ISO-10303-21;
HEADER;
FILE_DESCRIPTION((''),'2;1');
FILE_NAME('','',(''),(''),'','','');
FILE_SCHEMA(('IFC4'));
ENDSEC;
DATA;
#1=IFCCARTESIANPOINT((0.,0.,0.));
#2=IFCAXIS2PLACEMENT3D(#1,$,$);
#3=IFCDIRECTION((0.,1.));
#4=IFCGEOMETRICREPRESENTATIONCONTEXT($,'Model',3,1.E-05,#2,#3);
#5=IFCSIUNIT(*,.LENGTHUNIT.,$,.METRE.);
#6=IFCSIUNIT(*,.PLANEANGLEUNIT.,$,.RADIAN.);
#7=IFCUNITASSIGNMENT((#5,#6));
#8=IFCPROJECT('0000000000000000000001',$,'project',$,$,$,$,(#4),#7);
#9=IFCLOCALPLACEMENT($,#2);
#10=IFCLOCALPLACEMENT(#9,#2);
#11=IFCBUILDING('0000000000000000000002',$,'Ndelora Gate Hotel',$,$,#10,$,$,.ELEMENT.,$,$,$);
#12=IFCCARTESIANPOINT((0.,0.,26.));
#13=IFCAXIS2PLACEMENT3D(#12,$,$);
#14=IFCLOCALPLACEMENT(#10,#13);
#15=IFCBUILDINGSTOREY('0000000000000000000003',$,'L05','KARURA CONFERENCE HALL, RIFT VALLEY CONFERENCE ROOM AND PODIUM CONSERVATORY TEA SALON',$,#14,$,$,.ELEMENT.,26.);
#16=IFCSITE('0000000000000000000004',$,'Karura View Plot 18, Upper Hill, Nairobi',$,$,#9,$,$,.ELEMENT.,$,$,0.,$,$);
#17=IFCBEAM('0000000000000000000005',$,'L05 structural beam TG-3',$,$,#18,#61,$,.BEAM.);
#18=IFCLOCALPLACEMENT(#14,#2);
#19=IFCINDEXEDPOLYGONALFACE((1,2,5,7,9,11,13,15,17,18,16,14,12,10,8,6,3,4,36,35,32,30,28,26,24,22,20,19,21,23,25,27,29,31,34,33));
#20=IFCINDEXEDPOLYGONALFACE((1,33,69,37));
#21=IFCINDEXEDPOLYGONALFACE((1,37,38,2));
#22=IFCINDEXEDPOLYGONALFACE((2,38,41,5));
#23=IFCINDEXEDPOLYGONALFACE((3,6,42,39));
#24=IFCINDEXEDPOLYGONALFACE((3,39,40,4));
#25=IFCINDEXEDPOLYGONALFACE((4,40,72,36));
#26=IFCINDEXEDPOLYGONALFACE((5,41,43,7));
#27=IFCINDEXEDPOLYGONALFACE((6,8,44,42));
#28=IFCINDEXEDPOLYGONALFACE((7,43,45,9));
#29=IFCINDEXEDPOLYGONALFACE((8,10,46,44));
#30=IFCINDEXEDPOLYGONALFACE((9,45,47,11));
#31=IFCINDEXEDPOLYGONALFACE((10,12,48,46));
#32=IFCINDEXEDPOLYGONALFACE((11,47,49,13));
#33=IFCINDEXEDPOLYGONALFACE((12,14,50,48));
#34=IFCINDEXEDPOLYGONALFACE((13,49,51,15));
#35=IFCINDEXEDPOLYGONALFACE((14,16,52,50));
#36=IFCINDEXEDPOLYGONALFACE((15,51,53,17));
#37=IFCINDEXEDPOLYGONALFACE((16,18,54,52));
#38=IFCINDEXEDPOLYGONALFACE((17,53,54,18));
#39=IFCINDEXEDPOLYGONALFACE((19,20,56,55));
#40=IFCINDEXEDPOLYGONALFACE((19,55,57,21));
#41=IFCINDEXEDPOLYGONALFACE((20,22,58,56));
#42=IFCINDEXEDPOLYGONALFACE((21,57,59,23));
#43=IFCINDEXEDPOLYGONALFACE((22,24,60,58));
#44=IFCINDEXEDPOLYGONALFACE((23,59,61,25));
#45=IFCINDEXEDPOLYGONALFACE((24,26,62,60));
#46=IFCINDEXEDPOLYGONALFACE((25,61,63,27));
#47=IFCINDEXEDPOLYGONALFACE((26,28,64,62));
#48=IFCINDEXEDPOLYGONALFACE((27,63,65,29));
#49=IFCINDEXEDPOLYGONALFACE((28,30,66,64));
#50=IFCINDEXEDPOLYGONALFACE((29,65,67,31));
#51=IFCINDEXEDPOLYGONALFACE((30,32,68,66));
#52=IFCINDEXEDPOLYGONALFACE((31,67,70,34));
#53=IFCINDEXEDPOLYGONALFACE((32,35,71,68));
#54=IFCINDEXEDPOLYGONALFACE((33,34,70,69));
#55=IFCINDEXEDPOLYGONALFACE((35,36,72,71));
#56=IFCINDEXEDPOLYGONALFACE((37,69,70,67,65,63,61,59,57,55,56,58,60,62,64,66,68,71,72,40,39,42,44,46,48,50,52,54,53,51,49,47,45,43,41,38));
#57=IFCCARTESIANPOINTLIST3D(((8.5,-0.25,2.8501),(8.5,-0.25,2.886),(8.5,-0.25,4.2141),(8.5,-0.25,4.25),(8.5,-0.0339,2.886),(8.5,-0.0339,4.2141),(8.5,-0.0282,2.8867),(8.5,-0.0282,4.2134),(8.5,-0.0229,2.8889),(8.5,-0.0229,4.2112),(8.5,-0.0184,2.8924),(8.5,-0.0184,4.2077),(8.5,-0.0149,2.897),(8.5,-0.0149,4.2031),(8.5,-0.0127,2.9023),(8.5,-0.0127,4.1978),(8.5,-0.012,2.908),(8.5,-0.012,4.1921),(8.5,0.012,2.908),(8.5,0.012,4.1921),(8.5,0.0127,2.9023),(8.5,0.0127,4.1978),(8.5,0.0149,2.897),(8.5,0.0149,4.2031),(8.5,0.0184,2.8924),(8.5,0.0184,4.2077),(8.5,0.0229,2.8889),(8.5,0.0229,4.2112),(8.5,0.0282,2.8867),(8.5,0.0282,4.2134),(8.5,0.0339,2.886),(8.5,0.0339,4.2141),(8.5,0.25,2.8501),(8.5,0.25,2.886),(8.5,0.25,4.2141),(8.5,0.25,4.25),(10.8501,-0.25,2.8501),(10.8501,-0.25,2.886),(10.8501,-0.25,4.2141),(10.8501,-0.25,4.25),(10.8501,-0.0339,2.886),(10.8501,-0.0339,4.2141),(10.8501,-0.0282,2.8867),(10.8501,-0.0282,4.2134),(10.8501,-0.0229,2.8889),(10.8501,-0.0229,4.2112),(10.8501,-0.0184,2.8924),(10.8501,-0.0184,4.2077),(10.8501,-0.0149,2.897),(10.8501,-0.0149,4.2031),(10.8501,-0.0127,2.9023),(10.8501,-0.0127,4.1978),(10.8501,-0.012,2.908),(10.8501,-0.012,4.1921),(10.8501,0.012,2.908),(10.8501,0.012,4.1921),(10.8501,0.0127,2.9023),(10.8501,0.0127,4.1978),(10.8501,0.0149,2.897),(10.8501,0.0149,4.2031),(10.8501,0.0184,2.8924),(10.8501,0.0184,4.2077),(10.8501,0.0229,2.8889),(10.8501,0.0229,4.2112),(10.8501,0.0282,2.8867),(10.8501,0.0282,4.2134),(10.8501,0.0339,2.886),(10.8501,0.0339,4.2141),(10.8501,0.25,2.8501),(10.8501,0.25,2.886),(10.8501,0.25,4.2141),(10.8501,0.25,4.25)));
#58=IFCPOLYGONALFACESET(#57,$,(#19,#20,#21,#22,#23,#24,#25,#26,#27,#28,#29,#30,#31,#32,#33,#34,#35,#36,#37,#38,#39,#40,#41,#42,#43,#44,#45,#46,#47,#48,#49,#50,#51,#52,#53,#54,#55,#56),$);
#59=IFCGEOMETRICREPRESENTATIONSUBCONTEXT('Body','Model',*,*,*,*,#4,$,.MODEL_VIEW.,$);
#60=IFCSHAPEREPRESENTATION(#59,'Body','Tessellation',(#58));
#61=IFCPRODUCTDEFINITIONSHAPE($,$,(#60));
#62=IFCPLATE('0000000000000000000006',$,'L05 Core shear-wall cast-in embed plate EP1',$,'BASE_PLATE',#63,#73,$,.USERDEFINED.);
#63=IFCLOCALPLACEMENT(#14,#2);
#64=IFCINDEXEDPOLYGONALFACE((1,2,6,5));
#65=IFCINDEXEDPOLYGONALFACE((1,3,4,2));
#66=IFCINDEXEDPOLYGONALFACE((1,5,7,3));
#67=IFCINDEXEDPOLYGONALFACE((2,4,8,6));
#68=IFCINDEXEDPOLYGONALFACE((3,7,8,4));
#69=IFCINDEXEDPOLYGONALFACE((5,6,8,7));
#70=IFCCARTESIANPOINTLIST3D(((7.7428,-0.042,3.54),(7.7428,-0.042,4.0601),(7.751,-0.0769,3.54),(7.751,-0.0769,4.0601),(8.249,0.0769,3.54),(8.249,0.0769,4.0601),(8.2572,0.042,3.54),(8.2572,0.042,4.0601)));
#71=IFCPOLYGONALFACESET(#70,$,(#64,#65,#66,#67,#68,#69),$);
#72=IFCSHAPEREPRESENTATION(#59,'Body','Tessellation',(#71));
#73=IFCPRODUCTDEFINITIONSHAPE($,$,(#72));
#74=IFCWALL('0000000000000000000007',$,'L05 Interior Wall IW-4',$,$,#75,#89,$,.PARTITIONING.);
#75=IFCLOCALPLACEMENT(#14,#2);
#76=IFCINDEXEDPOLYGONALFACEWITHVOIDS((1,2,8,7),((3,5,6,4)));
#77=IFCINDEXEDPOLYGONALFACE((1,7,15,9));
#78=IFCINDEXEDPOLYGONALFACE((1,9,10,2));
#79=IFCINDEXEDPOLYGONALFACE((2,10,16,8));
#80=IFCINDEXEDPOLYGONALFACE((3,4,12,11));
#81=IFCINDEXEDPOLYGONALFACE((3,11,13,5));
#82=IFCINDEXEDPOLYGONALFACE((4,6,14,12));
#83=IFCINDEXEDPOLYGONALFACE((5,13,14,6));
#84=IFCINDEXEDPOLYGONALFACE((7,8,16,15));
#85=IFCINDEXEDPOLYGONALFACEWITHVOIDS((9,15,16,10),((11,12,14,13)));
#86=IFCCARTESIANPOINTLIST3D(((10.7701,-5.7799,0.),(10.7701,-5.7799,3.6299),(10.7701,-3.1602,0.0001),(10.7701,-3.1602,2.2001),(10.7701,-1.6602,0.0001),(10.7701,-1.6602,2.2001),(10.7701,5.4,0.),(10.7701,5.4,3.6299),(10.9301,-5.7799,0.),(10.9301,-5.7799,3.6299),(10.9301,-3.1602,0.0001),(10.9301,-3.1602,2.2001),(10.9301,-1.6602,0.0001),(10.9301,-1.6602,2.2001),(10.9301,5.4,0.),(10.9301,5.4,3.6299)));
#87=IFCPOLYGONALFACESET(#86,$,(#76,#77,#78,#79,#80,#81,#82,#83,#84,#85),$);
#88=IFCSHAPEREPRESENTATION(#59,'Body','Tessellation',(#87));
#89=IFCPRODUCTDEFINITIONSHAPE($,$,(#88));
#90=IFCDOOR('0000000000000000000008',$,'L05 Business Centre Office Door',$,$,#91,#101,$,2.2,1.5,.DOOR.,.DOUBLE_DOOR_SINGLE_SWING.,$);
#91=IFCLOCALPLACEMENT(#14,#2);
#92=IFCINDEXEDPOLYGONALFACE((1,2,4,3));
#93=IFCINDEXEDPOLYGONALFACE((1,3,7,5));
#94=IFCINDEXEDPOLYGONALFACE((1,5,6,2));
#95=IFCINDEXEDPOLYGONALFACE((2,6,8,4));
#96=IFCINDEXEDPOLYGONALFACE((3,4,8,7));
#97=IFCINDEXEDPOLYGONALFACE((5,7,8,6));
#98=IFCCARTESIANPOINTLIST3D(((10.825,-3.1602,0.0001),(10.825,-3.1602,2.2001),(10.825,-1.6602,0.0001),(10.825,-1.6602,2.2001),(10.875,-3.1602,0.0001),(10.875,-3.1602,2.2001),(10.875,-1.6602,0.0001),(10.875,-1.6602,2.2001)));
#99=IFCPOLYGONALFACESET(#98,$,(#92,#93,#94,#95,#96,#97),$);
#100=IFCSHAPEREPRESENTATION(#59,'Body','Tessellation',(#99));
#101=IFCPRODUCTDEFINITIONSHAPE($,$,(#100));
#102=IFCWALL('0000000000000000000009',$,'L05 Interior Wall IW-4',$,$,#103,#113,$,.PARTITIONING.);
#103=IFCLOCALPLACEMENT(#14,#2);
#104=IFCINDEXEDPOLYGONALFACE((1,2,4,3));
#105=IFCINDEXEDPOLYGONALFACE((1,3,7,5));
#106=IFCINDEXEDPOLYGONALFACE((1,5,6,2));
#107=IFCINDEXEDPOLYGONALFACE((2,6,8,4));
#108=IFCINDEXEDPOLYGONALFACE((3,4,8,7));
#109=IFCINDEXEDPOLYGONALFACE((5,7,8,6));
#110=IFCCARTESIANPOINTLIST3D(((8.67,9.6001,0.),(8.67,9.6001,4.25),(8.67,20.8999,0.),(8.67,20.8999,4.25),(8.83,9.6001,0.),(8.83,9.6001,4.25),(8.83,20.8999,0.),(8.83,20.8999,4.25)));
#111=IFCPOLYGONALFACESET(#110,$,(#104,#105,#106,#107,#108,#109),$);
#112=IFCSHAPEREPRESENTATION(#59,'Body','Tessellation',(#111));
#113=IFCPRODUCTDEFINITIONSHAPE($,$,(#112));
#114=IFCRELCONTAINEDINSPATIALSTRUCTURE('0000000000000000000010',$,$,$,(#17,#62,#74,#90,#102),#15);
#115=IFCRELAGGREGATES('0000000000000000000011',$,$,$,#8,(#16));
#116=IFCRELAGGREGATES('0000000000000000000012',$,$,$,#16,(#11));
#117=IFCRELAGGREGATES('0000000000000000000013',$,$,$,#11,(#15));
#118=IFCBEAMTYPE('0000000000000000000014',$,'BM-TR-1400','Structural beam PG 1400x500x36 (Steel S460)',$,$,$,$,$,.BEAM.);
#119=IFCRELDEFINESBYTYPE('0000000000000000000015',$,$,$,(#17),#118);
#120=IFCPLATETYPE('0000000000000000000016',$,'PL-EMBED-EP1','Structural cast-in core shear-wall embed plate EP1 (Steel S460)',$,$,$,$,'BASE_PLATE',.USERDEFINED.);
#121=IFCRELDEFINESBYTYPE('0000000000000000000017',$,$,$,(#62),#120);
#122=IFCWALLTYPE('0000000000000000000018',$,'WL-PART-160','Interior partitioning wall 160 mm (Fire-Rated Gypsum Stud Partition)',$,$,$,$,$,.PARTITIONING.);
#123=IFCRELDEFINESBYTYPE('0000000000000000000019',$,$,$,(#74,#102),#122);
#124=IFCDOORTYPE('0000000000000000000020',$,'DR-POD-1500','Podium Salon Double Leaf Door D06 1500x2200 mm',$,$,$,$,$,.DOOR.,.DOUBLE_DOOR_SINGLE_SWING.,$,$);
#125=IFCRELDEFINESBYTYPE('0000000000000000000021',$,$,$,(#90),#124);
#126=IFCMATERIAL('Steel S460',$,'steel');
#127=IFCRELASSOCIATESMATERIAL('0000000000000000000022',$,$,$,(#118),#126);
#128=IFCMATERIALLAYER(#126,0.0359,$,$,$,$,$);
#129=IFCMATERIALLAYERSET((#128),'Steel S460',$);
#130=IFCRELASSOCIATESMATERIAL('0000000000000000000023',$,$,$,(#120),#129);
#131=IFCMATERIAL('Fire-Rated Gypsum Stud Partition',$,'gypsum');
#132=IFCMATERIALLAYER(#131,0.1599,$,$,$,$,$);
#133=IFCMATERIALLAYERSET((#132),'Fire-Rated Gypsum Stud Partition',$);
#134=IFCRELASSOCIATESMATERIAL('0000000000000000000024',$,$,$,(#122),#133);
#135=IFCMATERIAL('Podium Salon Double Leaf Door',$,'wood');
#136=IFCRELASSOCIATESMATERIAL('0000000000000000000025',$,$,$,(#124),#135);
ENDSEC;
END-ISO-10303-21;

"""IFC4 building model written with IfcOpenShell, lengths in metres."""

from ifc_helpers import new_model, si_unit, direction, frame, frame_2d, origin, origin_2d, place, context, subcontext, project, spatial, rectangle, i_section, extrude, material, layer, layer_set, material_profile, profile_set, type_object, element, fill, save


model = new_model("IFC4")

# Units and contexts
model_context = context("Model", 3, precision=1e-05, world=origin(), true_north=direction((0.0, 1.0)))
body_context = subcontext(model_context, "Body", "Model", "MODEL_VIEW")
ifc_project = project(units=[si_unit("LENGTHUNIT", "METRE"), si_unit("PLANEANGLEUNIT", "RADIAN")], contexts=[model_context])

# Site, building, storey
site_placement = place(None, origin())
site = spatial("IfcSite", under=ifc_project, at=site_placement, Name="Karura View Plot 18, Upper Hill, Nairobi", CompositionType="ELEMENT", RefElevation=0.0)
building_placement = place(site_placement, origin())
building = spatial("IfcBuilding", under=site, at=building_placement, Name="Ndelora Gate Hotel", CompositionType="ELEMENT")
storey_placement = place(building_placement, frame((0.0, 0.0, 26.0)))
storey = spatial("IfcBuildingStorey", under=building, at=storey_placement, Name="L05", Description="KARURA CONFERENCE HALL, RIFT VALLEY CONFERENCE ROOM AND PODIUM CONSERVATORY TEA SALON", CompositionType="ELEMENT", Elevation=26.0)

# Beam
ifc_material_1 = material(Name="Steel S460", Category="steel")
ifc_material_profile_1 = material_profile(ifc_material_1, i_section(OverallWidth=0.5, OverallDepth=1.3999, WebThickness=0.0239, FlangeThickness=0.0359, FilletRadius=0.022, at=origin_2d()), Name="PG 1400x500x36")
ifc_profile_set_1 = profile_set([ifc_material_profile_1], Name="Steel S460")
beam_type_1 = type_object("IfcBeamType", Name="BM-TR-1400", Description="Structural beam PG 1400x500x36 (Steel S460)", PredefinedType="BEAM", material=ifc_profile_set_1)
beam_1_placement = place(storey_placement, frame((8.5, 0.0, 3.55), z_axis=(1.0, 0.0, 0.0), x_axis=(0.0, 1.0, 0.0)))
element("IfcBeam", 1, at=beam_1_placement, inside=storey, type_object=beam_type_1, Name="L05 structural beam TG-3", PredefinedType="BEAM", context=body_context, shape_type="SweptSolid", body=[
    extrude(i_section(OverallWidth=0.5, OverallDepth=1.3999, WebThickness=0.0239, FlangeThickness=0.0359, FilletRadius=0.022, at=origin_2d()), origin(), (0.0, 0.0, 1.0), 2.3501),
])

# Plate
ifc_layer_1 = layer(ifc_material_1, 0.0359)
ifc_layer_set_1 = layer_set([ifc_layer_1], Name="Steel S460")
plate_type = type_object("IfcPlateType", Name="PL-EMBED-EP1", Description="Structural cast-in core shear-wall embed plate EP1 (Steel S460)", ElementType="BASE_PLATE", PredefinedType="USERDEFINED", material=ifc_layer_set_1)
plate_placement = place(storey_placement, frame((8.0, 0.0, 3.54), z_axis=(0.0, 0.0, 1.0), x_axis=(0.973499, 0.228691, 0.0)))
element("IfcPlate", 2, at=plate_placement, inside=storey, type_object=plate_type, Name="L05 Core shear-wall cast-in embed plate EP1", ObjectType="BASE_PLATE", PredefinedType="USERDEFINED", context=body_context, shape_type="SweptSolid", body=[
    extrude(rectangle(XDim=0.52, YDim=0.0359, at=origin_2d()), origin(), (0.0, 0.0, 1.0), 0.52),
])

# Wall, opening, door
ifc_material_2 = material(Name="Fire-Rated Gypsum Stud Partition", Category="gypsum")
ifc_layer_2 = layer(ifc_material_2, 0.1599)
ifc_layer_set_2 = layer_set([ifc_layer_2], Name="Fire-Rated Gypsum Stud Partition")
wall_type_1 = type_object("IfcWallType", Name="WL-PART-160", Description="Interior partitioning wall 160 mm (Fire-Rated Gypsum Stud Partition)", PredefinedType="PARTITIONING", material=ifc_layer_set_2)
wall_1_placement = place(storey_placement, frame((10.8501, 5.3999, 0.0), z_axis=(0.0, 0.0, 1.0), x_axis=(0.0, -1.0, 0.0)))
wall_1 = element("IfcWall", 3, at=wall_1_placement, inside=storey, type_object=wall_type_1, Name="L05 Interior Wall IW-4", PredefinedType="PARTITIONING", context=body_context, shape_type="SweptSolid", body=[
    extrude(rectangle(XDim=11.1799, YDim=0.1599, at=frame_2d((5.5898, 0.0))), origin(), (0.0, 0.0, 1.0), 3.6299),
])
opening_1_placement = place(wall_1_placement, frame((7.0601, 0.0, 0.0)))
opening_1 = element("IfcOpeningElement", 4, at=opening_1_placement, cuts=wall_1, PredefinedType="OPENING", context=body_context, shape_type="SweptSolid", body=[
    extrude(rectangle(XDim=1.5, YDim=2.2, at=frame_2d((0.75, 1.1001))), frame((0.0, 0.0898, 0.0), z_axis=(0.0, -1.0, 0.0), x_axis=(1.0, 0.0, 0.0)), (0.0, 0.0, 1.0), 0.1799),
])
ifc_material_3 = material(Name="Podium Salon Double Leaf Door", Category="wood")
door_type_1 = type_object("IfcDoorType", Name="DR-POD-1500", Description="Podium Salon Double Leaf Door D06 1500x2200 mm", OperationType="DOUBLE_DOOR_SINGLE_SWING", PredefinedType="DOOR", material=ifc_material_3)
door_1_placement = place(opening_1_placement, origin())
door_1 = element("IfcDoor", 5, at=door_1_placement, inside=storey, type_object=door_type_1, Name="L05 Business Centre Office Door", OperationType="DOUBLE_DOOR_SINGLE_SWING", OverallHeight=2.2, OverallWidth=1.5, PredefinedType="DOOR", context=body_context, shape_type="SweptSolid", body=[
    extrude(rectangle(XDim=1.5, YDim=2.2, at=frame_2d((0.75, 1.1001))), frame((0.0, 0.0249, 0.0), z_axis=(0.0, -1.0, 0.0), x_axis=(1.0, 0.0, 0.0)), (0.0, 0.0, 1.0), 0.05),
])
fill(opening_1, door_1)

# Wall
wall_2_placement = place(storey_placement, frame((8.75, 9.6001, 0.0), z_axis=(0.0, 0.0, 1.0), x_axis=(0.0, 1.0, 0.0)))
element("IfcWall", 6, at=wall_2_placement, inside=storey, type_object=wall_type_1, Name="L05 Interior Wall IW-4", PredefinedType="PARTITIONING", context=body_context, shape_type="SweptSolid", body=[
    extrude(rectangle(XDim=11.2998, YDim=0.1599, at=frame_2d((5.6499, 0.0))), origin(), (0.0, 0.0, 1.0), 4.25),
])

save(model, "model.ifc")
